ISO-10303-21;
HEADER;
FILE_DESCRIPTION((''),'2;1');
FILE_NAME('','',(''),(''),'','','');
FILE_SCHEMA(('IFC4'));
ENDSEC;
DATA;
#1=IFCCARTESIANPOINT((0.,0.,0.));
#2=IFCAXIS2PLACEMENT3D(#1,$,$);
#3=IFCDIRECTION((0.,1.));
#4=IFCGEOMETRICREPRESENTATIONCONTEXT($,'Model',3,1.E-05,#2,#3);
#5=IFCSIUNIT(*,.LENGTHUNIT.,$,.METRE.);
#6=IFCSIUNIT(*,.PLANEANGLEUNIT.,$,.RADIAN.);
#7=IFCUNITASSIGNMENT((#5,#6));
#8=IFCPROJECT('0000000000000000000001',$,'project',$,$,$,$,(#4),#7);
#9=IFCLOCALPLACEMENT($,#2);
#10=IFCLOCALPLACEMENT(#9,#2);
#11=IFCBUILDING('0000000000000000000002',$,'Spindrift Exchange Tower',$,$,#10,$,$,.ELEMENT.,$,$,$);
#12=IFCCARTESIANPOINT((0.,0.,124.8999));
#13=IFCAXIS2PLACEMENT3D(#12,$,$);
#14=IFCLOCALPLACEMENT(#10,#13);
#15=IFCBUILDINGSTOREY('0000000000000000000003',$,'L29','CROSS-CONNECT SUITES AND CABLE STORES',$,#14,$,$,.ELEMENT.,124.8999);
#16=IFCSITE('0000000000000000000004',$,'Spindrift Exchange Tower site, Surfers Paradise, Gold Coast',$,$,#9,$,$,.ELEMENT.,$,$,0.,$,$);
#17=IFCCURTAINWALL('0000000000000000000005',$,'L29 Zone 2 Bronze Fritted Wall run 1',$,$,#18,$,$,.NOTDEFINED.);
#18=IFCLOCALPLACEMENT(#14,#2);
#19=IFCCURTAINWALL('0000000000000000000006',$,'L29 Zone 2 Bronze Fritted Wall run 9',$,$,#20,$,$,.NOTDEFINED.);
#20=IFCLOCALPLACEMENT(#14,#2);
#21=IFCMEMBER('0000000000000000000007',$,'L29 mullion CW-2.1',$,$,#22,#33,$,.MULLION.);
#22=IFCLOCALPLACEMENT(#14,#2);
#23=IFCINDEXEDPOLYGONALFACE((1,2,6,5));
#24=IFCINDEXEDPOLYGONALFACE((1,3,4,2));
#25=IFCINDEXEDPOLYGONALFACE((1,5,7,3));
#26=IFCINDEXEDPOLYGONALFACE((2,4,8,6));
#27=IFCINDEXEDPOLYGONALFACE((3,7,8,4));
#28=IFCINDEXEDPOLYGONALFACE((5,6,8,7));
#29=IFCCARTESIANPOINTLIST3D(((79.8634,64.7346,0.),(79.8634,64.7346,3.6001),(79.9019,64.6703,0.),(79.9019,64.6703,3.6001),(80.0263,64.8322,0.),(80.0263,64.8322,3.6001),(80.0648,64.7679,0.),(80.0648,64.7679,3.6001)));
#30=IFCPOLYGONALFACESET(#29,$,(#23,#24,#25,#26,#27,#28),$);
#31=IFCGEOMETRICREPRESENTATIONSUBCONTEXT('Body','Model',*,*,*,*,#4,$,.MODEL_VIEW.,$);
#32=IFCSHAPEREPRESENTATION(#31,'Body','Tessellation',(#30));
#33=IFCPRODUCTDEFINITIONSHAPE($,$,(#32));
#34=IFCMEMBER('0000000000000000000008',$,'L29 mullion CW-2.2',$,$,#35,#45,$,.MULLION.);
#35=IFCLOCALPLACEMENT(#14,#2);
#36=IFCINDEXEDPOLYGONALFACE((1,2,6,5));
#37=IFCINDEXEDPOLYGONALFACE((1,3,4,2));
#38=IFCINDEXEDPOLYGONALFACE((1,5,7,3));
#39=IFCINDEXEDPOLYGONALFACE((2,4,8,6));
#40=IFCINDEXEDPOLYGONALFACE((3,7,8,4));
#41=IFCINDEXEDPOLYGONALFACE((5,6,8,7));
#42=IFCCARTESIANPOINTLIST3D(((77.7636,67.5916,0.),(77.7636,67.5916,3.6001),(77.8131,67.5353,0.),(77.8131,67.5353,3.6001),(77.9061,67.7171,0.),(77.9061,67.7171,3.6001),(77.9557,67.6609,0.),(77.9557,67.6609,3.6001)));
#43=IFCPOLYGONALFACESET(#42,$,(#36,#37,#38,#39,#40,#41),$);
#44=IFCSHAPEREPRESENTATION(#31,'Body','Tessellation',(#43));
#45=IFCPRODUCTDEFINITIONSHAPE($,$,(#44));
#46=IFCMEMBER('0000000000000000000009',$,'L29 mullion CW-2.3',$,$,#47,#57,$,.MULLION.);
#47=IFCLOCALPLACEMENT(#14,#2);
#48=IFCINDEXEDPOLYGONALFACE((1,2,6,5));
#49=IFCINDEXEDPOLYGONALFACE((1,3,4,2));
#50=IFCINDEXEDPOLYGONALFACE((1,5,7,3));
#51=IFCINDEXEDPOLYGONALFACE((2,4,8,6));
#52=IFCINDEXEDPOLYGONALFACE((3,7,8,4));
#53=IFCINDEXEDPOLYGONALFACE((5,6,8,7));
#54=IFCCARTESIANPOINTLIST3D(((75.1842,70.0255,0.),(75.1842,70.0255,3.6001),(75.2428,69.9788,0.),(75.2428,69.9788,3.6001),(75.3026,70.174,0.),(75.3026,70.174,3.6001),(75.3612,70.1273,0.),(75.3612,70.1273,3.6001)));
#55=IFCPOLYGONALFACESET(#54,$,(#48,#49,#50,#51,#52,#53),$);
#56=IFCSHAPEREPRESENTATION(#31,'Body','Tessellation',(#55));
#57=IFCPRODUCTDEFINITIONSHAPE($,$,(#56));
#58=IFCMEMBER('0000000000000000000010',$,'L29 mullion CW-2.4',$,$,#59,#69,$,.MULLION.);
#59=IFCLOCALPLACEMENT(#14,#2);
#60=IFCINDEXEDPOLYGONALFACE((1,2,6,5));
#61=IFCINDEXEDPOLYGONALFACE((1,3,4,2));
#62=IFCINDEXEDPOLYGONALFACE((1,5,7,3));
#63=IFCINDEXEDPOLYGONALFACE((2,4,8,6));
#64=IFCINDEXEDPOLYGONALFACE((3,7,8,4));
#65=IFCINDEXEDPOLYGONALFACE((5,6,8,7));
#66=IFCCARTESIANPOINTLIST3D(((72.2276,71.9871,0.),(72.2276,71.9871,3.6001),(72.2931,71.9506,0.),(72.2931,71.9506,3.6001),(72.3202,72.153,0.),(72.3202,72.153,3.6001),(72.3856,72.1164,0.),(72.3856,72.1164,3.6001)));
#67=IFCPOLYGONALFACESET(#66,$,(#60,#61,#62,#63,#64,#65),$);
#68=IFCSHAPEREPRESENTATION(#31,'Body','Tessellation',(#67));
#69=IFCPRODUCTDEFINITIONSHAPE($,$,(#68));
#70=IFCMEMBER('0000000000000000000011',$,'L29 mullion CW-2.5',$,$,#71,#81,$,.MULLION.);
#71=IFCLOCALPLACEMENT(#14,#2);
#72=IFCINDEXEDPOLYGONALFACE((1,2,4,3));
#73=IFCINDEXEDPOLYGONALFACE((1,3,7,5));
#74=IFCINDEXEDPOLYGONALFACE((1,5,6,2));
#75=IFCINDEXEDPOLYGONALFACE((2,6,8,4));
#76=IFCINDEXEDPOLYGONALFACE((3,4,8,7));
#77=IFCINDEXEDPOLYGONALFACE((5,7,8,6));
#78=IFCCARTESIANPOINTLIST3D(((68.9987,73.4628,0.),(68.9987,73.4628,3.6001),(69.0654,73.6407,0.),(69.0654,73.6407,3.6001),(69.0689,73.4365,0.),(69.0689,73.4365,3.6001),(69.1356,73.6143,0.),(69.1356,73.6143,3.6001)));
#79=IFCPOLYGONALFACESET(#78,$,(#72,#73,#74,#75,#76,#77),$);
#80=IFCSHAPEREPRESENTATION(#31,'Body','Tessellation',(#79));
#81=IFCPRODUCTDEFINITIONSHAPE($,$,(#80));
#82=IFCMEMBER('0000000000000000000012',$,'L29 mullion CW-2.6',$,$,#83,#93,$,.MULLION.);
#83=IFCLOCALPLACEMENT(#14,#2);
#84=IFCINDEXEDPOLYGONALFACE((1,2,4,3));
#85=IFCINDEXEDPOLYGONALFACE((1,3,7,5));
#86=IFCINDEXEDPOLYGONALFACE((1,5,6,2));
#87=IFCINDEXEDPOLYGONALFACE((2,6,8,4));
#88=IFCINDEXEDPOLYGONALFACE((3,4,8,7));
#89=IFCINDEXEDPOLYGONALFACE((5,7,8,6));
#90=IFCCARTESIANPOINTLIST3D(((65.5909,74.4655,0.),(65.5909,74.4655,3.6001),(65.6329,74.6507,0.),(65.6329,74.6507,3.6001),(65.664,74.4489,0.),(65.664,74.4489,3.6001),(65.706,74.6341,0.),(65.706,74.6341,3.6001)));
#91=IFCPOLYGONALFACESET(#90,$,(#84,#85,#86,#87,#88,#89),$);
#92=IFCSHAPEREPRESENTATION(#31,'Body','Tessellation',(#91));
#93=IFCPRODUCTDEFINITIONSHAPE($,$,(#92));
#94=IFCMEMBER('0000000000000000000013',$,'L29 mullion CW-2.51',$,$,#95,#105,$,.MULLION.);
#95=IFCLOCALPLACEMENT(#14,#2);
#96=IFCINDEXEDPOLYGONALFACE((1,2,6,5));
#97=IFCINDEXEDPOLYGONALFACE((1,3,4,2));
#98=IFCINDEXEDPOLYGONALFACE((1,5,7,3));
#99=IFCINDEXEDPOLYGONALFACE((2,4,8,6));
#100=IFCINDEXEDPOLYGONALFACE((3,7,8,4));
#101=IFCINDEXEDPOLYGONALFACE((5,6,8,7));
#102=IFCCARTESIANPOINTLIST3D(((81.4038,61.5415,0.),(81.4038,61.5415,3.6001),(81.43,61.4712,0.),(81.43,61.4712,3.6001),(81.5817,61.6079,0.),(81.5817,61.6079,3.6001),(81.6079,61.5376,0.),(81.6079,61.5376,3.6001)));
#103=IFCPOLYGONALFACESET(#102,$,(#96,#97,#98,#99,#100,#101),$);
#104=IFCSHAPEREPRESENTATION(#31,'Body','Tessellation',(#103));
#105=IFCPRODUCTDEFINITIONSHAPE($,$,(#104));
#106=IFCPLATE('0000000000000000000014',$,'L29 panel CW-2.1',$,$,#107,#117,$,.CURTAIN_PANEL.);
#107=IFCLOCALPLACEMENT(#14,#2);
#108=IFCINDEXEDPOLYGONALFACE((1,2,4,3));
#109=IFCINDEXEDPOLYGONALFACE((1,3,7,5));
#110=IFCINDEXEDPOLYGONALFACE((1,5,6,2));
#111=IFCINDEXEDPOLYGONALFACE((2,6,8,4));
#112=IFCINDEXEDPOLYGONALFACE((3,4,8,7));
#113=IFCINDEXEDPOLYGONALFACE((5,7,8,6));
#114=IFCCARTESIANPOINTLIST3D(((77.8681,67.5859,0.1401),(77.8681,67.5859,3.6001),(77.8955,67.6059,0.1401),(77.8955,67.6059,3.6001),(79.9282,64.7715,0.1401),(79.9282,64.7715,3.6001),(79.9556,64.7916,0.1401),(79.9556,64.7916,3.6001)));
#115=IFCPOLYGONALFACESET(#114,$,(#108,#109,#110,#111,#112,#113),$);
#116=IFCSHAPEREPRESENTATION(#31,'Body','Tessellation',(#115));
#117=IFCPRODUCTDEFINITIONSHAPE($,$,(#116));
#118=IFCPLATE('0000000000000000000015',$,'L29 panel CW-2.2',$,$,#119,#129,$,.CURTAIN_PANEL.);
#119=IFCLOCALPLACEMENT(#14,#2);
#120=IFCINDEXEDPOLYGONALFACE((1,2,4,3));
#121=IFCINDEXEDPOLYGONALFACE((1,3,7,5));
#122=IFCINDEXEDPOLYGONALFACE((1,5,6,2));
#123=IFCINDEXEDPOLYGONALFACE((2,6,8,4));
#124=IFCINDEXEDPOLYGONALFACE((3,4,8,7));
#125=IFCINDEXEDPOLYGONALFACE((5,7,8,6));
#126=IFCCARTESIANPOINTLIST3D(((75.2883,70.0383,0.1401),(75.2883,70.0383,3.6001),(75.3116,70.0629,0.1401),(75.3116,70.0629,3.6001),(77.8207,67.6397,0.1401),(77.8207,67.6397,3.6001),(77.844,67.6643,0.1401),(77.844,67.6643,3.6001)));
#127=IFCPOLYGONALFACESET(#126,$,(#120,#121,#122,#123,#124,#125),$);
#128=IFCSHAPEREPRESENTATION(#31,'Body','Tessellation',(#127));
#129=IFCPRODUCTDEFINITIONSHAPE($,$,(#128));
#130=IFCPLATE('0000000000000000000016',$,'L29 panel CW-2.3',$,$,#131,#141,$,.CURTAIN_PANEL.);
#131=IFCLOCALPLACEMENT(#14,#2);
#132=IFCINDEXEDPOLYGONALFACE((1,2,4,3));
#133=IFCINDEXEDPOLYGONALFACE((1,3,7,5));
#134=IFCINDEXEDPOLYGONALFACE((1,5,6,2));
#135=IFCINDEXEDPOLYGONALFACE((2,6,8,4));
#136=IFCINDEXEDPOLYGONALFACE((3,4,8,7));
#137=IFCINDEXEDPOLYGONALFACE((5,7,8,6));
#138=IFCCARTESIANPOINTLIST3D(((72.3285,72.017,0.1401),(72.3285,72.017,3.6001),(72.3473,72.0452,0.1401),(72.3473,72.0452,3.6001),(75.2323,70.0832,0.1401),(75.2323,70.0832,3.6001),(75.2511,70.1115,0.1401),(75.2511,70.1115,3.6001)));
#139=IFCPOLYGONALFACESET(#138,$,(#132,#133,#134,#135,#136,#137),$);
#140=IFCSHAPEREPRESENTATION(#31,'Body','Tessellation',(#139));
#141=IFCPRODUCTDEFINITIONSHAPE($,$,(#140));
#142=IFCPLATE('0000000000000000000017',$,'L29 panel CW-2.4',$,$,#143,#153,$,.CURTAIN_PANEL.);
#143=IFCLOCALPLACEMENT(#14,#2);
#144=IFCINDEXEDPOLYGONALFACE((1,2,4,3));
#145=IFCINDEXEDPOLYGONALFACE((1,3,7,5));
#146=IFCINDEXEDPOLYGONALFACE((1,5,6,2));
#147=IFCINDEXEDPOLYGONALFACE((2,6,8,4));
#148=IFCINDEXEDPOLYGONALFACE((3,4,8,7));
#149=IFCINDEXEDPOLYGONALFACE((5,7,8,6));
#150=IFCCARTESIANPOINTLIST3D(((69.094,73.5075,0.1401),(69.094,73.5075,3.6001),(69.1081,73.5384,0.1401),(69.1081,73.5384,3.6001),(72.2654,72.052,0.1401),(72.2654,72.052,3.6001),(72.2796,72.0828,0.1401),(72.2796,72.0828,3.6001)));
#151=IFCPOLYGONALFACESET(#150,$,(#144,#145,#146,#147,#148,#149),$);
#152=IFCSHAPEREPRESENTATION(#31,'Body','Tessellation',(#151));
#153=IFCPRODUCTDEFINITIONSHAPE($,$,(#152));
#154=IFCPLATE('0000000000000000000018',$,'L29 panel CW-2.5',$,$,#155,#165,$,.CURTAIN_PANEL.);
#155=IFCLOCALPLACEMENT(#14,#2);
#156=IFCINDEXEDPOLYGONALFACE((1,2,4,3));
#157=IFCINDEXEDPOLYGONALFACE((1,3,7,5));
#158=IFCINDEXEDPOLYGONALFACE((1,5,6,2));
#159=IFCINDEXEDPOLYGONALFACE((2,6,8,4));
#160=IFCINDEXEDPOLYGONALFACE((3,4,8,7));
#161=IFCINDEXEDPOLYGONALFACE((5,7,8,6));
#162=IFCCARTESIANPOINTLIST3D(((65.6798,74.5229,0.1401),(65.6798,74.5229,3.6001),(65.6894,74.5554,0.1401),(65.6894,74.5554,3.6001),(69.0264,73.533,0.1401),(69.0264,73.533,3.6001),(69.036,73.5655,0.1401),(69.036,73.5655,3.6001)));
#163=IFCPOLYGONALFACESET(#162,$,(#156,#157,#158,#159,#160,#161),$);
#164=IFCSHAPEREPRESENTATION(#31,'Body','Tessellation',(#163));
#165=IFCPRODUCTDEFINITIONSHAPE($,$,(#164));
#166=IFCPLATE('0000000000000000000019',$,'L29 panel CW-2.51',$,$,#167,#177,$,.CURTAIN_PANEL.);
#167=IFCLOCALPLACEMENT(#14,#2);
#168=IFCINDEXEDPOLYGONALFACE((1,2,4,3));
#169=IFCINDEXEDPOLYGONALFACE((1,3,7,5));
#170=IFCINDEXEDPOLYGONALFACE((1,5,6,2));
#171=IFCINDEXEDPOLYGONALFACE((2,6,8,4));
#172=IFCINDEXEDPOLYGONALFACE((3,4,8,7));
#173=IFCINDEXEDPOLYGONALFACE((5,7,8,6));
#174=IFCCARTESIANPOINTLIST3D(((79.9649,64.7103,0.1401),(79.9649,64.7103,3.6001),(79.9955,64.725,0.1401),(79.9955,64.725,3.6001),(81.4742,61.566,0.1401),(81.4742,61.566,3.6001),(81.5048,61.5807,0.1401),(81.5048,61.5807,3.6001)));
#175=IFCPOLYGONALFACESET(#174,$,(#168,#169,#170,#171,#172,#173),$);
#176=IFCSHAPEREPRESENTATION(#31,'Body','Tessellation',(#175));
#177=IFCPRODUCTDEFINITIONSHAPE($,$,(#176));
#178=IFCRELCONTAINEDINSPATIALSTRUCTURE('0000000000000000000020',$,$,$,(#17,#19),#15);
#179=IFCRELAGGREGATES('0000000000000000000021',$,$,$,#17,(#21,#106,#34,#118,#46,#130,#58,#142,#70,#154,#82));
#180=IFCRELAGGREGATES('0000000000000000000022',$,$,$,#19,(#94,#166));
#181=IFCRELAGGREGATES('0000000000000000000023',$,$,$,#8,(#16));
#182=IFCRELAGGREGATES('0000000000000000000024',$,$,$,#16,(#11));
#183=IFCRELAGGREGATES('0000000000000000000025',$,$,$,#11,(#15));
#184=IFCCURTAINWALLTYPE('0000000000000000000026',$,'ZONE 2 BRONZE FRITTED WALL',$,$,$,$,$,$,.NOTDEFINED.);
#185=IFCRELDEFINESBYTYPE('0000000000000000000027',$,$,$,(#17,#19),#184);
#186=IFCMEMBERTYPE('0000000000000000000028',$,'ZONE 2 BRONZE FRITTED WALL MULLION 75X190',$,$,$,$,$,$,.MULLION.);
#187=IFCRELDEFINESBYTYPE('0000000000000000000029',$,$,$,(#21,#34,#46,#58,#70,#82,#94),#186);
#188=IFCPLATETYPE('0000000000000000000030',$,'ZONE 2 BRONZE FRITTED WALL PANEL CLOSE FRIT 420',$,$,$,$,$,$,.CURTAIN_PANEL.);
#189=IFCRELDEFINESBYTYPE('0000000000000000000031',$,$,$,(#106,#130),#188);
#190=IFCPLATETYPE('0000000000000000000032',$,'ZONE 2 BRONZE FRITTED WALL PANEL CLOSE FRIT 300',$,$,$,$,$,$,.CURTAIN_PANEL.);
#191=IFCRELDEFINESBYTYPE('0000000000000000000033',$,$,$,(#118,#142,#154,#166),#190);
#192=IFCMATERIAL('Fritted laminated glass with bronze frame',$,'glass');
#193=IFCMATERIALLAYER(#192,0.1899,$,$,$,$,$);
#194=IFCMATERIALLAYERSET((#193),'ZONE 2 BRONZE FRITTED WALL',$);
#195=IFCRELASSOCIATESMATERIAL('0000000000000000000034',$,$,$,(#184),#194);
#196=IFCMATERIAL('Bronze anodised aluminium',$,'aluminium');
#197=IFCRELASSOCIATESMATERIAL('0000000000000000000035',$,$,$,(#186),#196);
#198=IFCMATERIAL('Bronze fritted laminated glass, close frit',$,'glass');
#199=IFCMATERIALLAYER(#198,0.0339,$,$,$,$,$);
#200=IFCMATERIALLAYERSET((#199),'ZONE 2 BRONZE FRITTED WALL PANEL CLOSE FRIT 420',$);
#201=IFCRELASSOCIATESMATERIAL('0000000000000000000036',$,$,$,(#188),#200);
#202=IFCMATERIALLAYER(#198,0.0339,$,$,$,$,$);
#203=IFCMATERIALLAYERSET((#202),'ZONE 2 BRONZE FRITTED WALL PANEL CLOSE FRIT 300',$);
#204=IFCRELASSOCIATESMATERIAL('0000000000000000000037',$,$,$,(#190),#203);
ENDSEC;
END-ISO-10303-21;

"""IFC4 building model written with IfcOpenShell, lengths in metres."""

from ifc_helpers import new_model, si_unit, direction, frame, origin, origin_2d, place, context, subcontext, project, spatial, rectangle, extrude, source, transform, mapped, material, layer, layer_set, material_profile, profile_set, type_object, element, aggregate, save


model = new_model("IFC4")

# Units and contexts
model_context = context("Model", 3, precision=1e-05, world=origin(), true_north=direction((0.0, 1.0)))
body_context = subcontext(model_context, "Body", "Model", "MODEL_VIEW")
ifc_project = project(units=[si_unit("LENGTHUNIT", "METRE"), si_unit("PLANEANGLEUNIT", "RADIAN")], contexts=[model_context])

# Site, building, storey
site_placement = place(None, origin())
site = spatial("IfcSite", under=ifc_project, at=site_placement, Name="Spindrift Exchange Tower site, Surfers Paradise, Gold Coast", CompositionType="ELEMENT", RefElevation=0.0)
building_placement = place(site_placement, origin())
building = spatial("IfcBuilding", under=site, at=building_placement, Name="Spindrift Exchange Tower", CompositionType="ELEMENT")
storey_placement = place(building_placement, frame((0.0, 0.0, 124.8999)))
storey = spatial("IfcBuildingStorey", under=building, at=storey_placement, Name="L29", Description="CROSS-CONNECT SUITES AND CABLE STORES", CompositionType="ELEMENT", Elevation=124.8999)

# Curtain walls
ifc_material_1 = material(Name="Fritted laminated glass with bronze frame", Category="glass")
ifc_layer_1 = layer(ifc_material_1, 0.1899)
ifc_layer_set_1 = layer_set([ifc_layer_1], Name="ZONE 2 BRONZE FRITTED WALL")
curtain_wall_type = type_object("IfcCurtainWallType", Name="ZONE 2 BRONZE FRITTED WALL", PredefinedType="NOTDEFINED", material=ifc_layer_set_1)
curtain_wall_1_placement = place(storey_placement, origin())
curtain_wall_1 = element("IfcCurtainWall", 1, at=curtain_wall_1_placement, inside=storey, type_object=curtain_wall_type, Name="L29 Zone 2 Bronze Fritted Wall run 1", PredefinedType="NOTDEFINED")
ifc_material_2 = material(Name="Bronze anodised aluminium", Category="aluminium")
curtain_wall_2_placement = place(storey_placement, origin())
curtain_wall_2 = element("IfcCurtainWall", 2, at=curtain_wall_2_placement, inside=storey, type_object=curtain_wall_type, Name="L29 Zone 2 Bronze Fritted Wall run 9", PredefinedType="NOTDEFINED")

# Members
ifc_material_profile_1 = material_profile(ifc_material_2, rectangle(XDim=0.075, YDim=0.1899, at=origin_2d()), Name="ZONE 2 BRONZE FRITTED WALL MULLION 75X190")
ifc_profile_set_1 = profile_set([ifc_material_profile_1], Name="Bronze anodised aluminium")
member_type_1 = type_object("IfcMemberType", Name="ZONE 2 BRONZE FRITTED WALL MULLION 75X190", PredefinedType="MULLION", material=ifc_profile_set_1)
shared_shape_1 = source(origin(), body_context, "Body", "SweptSolid", [
    extrude(rectangle(XDim=0.075, YDim=0.1899, at=origin_2d()), origin(), (0.0, 0.0, 1.0), 3.6001),
])
member_1_placement = place(storey_placement, frame((79.9641, 64.7512, 0.0), z_axis=(0.0, 0.0, 1.0), x_axis=(-0.51388, 0.857862, 0.0)))
member_1 = element("IfcMember", 3, at=member_1_placement, type_object=member_type_1, Name="L29 mullion CW-2.1", PredefinedType="MULLION", context=body_context, shape_type="MappedRepresentation", body=[
    mapped(shared_shape_1, transform((0.0, 0.0, 0.0), scale=1.0)),
])
member_2_placement = place(storey_placement, frame((77.8596, 67.6262, 0.0), z_axis=(0.0, 0.0, 1.0), x_axis=(-0.661039, 0.750352, 0.0)))
member_2 = element("IfcMember", 4, at=member_2_placement, type_object=member_type_1, Name="L29 mullion CW-2.2", PredefinedType="MULLION", context=body_context, shape_type="MappedRepresentation", body=[
    mapped(shared_shape_1, transform((0.0, 0.0, 0.0), scale=1.0)),
])
member_3_placement = place(storey_placement, frame((75.2727, 70.0764, 0.0), z_axis=(0.0, 0.0, 1.0), x_axis=(-0.782029, 0.623242, 0.0)))
member_3 = element("IfcMember", 5, at=member_3_placement, type_object=member_type_1, Name="L29 mullion CW-2.3", PredefinedType="MULLION", context=body_context, shape_type="MappedRepresentation", body=[
    mapped(shared_shape_1, transform((0.0, 0.0, 0.0), scale=1.0)),
])
member_4_placement = place(storey_placement, frame((72.3066, 72.0518, 0.0), z_axis=(0.0, 0.0, 1.0), x_axis=(-0.873287, 0.487207, 0.0)))
member_4 = element("IfcMember", 6, at=member_4_placement, type_object=member_type_1, Name="L29 mullion CW-2.4", PredefinedType="MULLION", context=body_context, shape_type="MappedRepresentation", body=[
    mapped(shared_shape_1, transform((0.0, 0.0, 0.0), scale=1.0)),
])
member_5_placement = place(storey_placement, frame((69.0671, 73.5386, 0.0), z_axis=(0.0, 0.0, 1.0), x_axis=(-0.936271, 0.351279, 0.0)))
member_5 = element("IfcMember", 7, at=member_5_placement, type_object=member_type_1, Name="L29 mullion CW-2.5", PredefinedType="MULLION", context=body_context, shape_type="MappedRepresentation", body=[
    mapped(shared_shape_1, transform((0.0, 0.0, 0.0), scale=1.0)),
])
member_6_placement = place(storey_placement, frame((65.6484, 74.5498, 0.0), z_axis=(0.0, 0.0, 1.0), x_axis=(-0.975214, 0.221262, 0.0)))
member_6 = element("IfcMember", 8, at=member_6_placement, type_object=member_type_1, Name="L29 mullion CW-2.6", PredefinedType="MULLION", context=body_context, shape_type="MappedRepresentation", body=[
    mapped(shared_shape_1, transform((0.0, 0.0, 0.0), scale=1.0)),
])
member_7_placement = place(storey_placement, frame((81.5059, 61.5396, 0.0), z_axis=(0.0, 0.0, 1.0), x_axis=(-0.349659, 0.936877, 0.0)))
member_7 = element("IfcMember", 9, at=member_7_placement, type_object=member_type_1, Name="L29 mullion CW-2.51", PredefinedType="MULLION", context=body_context, shape_type="MappedRepresentation", body=[
    mapped(shared_shape_1, transform((0.0, 0.0, 0.0), scale=1.0)),
])

# Plates
ifc_material_3 = material(Name="Bronze fritted laminated glass, close frit", Category="glass")
ifc_layer_2 = layer(ifc_material_3, 0.0339)
ifc_layer_set_2 = layer_set([ifc_layer_2], Name="ZONE 2 BRONZE FRITTED WALL PANEL CLOSE FRIT 420")
plate_type_1 = type_object("IfcPlateType", Name="ZONE 2 BRONZE FRITTED WALL PANEL CLOSE FRIT 420", PredefinedType="CURTAIN_PANEL", material=ifc_layer_set_2)
shared_shape_2 = source(origin(), body_context, "Body", "SweptSolid", [
    extrude(rectangle(XDim=3.4878, YDim=0.0339, at=origin_2d()), origin(), (0.0, 0.0, 1.0), 3.46),
])
plate_1_placement = place(storey_placement, frame((78.9119, 66.1887, 0.1401), z_axis=(0.0, 0.0, 1.0), x_axis=(-0.590659, 0.806921, 0.0)))
plate_1 = element("IfcPlate", 10, at=plate_1_placement, type_object=plate_type_1, Name="L29 panel CW-2.1", PredefinedType="CURTAIN_PANEL", context=body_context, shape_type="MappedRepresentation", body=[
    mapped(shared_shape_2, transform((0.0, 0.0, 0.0), scale=1.0)),
])
ifc_layer_3 = layer(ifc_material_3, 0.0339)
ifc_layer_set_3 = layer_set([ifc_layer_3], Name="ZONE 2 BRONZE FRITTED WALL PANEL CLOSE FRIT 300")
plate_type_2 = type_object("IfcPlateType", Name="ZONE 2 BRONZE FRITTED WALL PANEL CLOSE FRIT 300", PredefinedType="CURTAIN_PANEL", material=ifc_layer_set_3)
shared_shape_3 = source(origin(), body_context, "Body", "SweptSolid", [
    extrude(rectangle(XDim=3.488, YDim=0.0339, at=origin_2d()), origin(), (0.0, 0.0, 1.0), 3.46),
])
plate_2_placement = place(storey_placement, frame((76.5662, 68.8513, 0.1401), z_axis=(0.0, 0.0, 1.0), x_axis=(-0.726029, 0.687664, 0.0)))
plate_2 = element("IfcPlate", 11, at=plate_2_placement, type_object=plate_type_2, Name="L29 panel CW-2.2", PredefinedType="CURTAIN_PANEL", context=body_context, shape_type="MappedRepresentation", body=[
    mapped(shared_shape_3, transform((0.0, 0.0, 0.0), scale=1.0)),
])
shared_shape_4 = source(origin(), body_context, "Body", "SweptSolid", [
    extrude(rectangle(XDim=3.4888, YDim=0.0339, at=origin_2d()), origin(), (0.0, 0.0, 1.0), 3.46),
])
plate_3_placement = place(storey_placement, frame((73.7898, 71.0642, 0.1401), z_axis=(0.0, 0.0, 1.0), x_axis=(-0.832331, 0.554279, 0.0)))
plate_3 = element("IfcPlate", 12, at=plate_3_placement, type_object=plate_type_1, Name="L29 panel CW-2.3", PredefinedType="CURTAIN_PANEL", context=body_context, shape_type="MappedRepresentation", body=[
    mapped(shared_shape_4, transform((0.0, 0.0, 0.0), scale=1.0)),
])
shared_shape_5 = source(origin(), body_context, "Body", "SweptSolid", [
    extrude(rectangle(XDim=3.4895, YDim=0.0339, at=origin_2d()), origin(), (0.0, 0.0, 1.0), 3.46),
])
plate_4_placement = place(storey_placement, frame((70.6868, 72.7952, 0.1401), z_axis=(0.0, 0.0, 1.0), x_axis=(-0.908849, 0.417125, 0.0)))
plate_4 = element("IfcPlate", 13, at=plate_4_placement, type_object=plate_type_2, Name="L29 panel CW-2.4", PredefinedType="CURTAIN_PANEL", context=body_context, shape_type="MappedRepresentation", body=[
    mapped(shared_shape_5, transform((0.0, 0.0, 0.0), scale=1.0)),
])
shared_shape_6 = source(origin(), body_context, "Body", "SweptSolid", [
    extrude(rectangle(XDim=3.49, YDim=0.0339, at=origin_2d()), origin(), (0.0, 0.0, 1.0), 3.46),
])
plate_5_placement = place(storey_placement, frame((67.3579, 74.0442, 0.1401), z_axis=(0.0, 0.0, 1.0), x_axis=(-0.958929, 0.283645, 0.0)))
plate_5 = element("IfcPlate", 14, at=plate_5_placement, type_object=plate_type_2, Name="L29 panel CW-2.5", PredefinedType="CURTAIN_PANEL", context=body_context, shape_type="MappedRepresentation", body=[
    mapped(shared_shape_6, transform((0.0, 0.0, 0.0), scale=1.0)),
])
aggregate(curtain_wall_1, [member_1, plate_1, member_2, plate_2, member_3, plate_3, member_4, plate_4, member_5, plate_5, member_6])
shared_shape_7 = source(origin(), body_context, "Body", "SweptSolid", [
    extrude(rectangle(XDim=3.4878, YDim=0.0339, at=origin_2d()), origin(), (0.0, 0.0, 1.0), 3.46),
])
plate_6_placement = place(storey_placement, frame((80.7349, 63.1455, 0.1401), z_axis=(0.0, 0.0, 1.0), x_axis=(-0.432739, 0.901519, 0.0)))
plate_6 = element("IfcPlate", 15, at=plate_6_placement, type_object=plate_type_2, Name="L29 panel CW-2.51", PredefinedType="CURTAIN_PANEL", context=body_context, shape_type="MappedRepresentation", body=[
    mapped(shared_shape_7, transform((0.0, 0.0, 0.0), scale=1.0)),
])
aggregate(curtain_wall_2, [member_7, plate_6])

save(model, "model.ifc")
